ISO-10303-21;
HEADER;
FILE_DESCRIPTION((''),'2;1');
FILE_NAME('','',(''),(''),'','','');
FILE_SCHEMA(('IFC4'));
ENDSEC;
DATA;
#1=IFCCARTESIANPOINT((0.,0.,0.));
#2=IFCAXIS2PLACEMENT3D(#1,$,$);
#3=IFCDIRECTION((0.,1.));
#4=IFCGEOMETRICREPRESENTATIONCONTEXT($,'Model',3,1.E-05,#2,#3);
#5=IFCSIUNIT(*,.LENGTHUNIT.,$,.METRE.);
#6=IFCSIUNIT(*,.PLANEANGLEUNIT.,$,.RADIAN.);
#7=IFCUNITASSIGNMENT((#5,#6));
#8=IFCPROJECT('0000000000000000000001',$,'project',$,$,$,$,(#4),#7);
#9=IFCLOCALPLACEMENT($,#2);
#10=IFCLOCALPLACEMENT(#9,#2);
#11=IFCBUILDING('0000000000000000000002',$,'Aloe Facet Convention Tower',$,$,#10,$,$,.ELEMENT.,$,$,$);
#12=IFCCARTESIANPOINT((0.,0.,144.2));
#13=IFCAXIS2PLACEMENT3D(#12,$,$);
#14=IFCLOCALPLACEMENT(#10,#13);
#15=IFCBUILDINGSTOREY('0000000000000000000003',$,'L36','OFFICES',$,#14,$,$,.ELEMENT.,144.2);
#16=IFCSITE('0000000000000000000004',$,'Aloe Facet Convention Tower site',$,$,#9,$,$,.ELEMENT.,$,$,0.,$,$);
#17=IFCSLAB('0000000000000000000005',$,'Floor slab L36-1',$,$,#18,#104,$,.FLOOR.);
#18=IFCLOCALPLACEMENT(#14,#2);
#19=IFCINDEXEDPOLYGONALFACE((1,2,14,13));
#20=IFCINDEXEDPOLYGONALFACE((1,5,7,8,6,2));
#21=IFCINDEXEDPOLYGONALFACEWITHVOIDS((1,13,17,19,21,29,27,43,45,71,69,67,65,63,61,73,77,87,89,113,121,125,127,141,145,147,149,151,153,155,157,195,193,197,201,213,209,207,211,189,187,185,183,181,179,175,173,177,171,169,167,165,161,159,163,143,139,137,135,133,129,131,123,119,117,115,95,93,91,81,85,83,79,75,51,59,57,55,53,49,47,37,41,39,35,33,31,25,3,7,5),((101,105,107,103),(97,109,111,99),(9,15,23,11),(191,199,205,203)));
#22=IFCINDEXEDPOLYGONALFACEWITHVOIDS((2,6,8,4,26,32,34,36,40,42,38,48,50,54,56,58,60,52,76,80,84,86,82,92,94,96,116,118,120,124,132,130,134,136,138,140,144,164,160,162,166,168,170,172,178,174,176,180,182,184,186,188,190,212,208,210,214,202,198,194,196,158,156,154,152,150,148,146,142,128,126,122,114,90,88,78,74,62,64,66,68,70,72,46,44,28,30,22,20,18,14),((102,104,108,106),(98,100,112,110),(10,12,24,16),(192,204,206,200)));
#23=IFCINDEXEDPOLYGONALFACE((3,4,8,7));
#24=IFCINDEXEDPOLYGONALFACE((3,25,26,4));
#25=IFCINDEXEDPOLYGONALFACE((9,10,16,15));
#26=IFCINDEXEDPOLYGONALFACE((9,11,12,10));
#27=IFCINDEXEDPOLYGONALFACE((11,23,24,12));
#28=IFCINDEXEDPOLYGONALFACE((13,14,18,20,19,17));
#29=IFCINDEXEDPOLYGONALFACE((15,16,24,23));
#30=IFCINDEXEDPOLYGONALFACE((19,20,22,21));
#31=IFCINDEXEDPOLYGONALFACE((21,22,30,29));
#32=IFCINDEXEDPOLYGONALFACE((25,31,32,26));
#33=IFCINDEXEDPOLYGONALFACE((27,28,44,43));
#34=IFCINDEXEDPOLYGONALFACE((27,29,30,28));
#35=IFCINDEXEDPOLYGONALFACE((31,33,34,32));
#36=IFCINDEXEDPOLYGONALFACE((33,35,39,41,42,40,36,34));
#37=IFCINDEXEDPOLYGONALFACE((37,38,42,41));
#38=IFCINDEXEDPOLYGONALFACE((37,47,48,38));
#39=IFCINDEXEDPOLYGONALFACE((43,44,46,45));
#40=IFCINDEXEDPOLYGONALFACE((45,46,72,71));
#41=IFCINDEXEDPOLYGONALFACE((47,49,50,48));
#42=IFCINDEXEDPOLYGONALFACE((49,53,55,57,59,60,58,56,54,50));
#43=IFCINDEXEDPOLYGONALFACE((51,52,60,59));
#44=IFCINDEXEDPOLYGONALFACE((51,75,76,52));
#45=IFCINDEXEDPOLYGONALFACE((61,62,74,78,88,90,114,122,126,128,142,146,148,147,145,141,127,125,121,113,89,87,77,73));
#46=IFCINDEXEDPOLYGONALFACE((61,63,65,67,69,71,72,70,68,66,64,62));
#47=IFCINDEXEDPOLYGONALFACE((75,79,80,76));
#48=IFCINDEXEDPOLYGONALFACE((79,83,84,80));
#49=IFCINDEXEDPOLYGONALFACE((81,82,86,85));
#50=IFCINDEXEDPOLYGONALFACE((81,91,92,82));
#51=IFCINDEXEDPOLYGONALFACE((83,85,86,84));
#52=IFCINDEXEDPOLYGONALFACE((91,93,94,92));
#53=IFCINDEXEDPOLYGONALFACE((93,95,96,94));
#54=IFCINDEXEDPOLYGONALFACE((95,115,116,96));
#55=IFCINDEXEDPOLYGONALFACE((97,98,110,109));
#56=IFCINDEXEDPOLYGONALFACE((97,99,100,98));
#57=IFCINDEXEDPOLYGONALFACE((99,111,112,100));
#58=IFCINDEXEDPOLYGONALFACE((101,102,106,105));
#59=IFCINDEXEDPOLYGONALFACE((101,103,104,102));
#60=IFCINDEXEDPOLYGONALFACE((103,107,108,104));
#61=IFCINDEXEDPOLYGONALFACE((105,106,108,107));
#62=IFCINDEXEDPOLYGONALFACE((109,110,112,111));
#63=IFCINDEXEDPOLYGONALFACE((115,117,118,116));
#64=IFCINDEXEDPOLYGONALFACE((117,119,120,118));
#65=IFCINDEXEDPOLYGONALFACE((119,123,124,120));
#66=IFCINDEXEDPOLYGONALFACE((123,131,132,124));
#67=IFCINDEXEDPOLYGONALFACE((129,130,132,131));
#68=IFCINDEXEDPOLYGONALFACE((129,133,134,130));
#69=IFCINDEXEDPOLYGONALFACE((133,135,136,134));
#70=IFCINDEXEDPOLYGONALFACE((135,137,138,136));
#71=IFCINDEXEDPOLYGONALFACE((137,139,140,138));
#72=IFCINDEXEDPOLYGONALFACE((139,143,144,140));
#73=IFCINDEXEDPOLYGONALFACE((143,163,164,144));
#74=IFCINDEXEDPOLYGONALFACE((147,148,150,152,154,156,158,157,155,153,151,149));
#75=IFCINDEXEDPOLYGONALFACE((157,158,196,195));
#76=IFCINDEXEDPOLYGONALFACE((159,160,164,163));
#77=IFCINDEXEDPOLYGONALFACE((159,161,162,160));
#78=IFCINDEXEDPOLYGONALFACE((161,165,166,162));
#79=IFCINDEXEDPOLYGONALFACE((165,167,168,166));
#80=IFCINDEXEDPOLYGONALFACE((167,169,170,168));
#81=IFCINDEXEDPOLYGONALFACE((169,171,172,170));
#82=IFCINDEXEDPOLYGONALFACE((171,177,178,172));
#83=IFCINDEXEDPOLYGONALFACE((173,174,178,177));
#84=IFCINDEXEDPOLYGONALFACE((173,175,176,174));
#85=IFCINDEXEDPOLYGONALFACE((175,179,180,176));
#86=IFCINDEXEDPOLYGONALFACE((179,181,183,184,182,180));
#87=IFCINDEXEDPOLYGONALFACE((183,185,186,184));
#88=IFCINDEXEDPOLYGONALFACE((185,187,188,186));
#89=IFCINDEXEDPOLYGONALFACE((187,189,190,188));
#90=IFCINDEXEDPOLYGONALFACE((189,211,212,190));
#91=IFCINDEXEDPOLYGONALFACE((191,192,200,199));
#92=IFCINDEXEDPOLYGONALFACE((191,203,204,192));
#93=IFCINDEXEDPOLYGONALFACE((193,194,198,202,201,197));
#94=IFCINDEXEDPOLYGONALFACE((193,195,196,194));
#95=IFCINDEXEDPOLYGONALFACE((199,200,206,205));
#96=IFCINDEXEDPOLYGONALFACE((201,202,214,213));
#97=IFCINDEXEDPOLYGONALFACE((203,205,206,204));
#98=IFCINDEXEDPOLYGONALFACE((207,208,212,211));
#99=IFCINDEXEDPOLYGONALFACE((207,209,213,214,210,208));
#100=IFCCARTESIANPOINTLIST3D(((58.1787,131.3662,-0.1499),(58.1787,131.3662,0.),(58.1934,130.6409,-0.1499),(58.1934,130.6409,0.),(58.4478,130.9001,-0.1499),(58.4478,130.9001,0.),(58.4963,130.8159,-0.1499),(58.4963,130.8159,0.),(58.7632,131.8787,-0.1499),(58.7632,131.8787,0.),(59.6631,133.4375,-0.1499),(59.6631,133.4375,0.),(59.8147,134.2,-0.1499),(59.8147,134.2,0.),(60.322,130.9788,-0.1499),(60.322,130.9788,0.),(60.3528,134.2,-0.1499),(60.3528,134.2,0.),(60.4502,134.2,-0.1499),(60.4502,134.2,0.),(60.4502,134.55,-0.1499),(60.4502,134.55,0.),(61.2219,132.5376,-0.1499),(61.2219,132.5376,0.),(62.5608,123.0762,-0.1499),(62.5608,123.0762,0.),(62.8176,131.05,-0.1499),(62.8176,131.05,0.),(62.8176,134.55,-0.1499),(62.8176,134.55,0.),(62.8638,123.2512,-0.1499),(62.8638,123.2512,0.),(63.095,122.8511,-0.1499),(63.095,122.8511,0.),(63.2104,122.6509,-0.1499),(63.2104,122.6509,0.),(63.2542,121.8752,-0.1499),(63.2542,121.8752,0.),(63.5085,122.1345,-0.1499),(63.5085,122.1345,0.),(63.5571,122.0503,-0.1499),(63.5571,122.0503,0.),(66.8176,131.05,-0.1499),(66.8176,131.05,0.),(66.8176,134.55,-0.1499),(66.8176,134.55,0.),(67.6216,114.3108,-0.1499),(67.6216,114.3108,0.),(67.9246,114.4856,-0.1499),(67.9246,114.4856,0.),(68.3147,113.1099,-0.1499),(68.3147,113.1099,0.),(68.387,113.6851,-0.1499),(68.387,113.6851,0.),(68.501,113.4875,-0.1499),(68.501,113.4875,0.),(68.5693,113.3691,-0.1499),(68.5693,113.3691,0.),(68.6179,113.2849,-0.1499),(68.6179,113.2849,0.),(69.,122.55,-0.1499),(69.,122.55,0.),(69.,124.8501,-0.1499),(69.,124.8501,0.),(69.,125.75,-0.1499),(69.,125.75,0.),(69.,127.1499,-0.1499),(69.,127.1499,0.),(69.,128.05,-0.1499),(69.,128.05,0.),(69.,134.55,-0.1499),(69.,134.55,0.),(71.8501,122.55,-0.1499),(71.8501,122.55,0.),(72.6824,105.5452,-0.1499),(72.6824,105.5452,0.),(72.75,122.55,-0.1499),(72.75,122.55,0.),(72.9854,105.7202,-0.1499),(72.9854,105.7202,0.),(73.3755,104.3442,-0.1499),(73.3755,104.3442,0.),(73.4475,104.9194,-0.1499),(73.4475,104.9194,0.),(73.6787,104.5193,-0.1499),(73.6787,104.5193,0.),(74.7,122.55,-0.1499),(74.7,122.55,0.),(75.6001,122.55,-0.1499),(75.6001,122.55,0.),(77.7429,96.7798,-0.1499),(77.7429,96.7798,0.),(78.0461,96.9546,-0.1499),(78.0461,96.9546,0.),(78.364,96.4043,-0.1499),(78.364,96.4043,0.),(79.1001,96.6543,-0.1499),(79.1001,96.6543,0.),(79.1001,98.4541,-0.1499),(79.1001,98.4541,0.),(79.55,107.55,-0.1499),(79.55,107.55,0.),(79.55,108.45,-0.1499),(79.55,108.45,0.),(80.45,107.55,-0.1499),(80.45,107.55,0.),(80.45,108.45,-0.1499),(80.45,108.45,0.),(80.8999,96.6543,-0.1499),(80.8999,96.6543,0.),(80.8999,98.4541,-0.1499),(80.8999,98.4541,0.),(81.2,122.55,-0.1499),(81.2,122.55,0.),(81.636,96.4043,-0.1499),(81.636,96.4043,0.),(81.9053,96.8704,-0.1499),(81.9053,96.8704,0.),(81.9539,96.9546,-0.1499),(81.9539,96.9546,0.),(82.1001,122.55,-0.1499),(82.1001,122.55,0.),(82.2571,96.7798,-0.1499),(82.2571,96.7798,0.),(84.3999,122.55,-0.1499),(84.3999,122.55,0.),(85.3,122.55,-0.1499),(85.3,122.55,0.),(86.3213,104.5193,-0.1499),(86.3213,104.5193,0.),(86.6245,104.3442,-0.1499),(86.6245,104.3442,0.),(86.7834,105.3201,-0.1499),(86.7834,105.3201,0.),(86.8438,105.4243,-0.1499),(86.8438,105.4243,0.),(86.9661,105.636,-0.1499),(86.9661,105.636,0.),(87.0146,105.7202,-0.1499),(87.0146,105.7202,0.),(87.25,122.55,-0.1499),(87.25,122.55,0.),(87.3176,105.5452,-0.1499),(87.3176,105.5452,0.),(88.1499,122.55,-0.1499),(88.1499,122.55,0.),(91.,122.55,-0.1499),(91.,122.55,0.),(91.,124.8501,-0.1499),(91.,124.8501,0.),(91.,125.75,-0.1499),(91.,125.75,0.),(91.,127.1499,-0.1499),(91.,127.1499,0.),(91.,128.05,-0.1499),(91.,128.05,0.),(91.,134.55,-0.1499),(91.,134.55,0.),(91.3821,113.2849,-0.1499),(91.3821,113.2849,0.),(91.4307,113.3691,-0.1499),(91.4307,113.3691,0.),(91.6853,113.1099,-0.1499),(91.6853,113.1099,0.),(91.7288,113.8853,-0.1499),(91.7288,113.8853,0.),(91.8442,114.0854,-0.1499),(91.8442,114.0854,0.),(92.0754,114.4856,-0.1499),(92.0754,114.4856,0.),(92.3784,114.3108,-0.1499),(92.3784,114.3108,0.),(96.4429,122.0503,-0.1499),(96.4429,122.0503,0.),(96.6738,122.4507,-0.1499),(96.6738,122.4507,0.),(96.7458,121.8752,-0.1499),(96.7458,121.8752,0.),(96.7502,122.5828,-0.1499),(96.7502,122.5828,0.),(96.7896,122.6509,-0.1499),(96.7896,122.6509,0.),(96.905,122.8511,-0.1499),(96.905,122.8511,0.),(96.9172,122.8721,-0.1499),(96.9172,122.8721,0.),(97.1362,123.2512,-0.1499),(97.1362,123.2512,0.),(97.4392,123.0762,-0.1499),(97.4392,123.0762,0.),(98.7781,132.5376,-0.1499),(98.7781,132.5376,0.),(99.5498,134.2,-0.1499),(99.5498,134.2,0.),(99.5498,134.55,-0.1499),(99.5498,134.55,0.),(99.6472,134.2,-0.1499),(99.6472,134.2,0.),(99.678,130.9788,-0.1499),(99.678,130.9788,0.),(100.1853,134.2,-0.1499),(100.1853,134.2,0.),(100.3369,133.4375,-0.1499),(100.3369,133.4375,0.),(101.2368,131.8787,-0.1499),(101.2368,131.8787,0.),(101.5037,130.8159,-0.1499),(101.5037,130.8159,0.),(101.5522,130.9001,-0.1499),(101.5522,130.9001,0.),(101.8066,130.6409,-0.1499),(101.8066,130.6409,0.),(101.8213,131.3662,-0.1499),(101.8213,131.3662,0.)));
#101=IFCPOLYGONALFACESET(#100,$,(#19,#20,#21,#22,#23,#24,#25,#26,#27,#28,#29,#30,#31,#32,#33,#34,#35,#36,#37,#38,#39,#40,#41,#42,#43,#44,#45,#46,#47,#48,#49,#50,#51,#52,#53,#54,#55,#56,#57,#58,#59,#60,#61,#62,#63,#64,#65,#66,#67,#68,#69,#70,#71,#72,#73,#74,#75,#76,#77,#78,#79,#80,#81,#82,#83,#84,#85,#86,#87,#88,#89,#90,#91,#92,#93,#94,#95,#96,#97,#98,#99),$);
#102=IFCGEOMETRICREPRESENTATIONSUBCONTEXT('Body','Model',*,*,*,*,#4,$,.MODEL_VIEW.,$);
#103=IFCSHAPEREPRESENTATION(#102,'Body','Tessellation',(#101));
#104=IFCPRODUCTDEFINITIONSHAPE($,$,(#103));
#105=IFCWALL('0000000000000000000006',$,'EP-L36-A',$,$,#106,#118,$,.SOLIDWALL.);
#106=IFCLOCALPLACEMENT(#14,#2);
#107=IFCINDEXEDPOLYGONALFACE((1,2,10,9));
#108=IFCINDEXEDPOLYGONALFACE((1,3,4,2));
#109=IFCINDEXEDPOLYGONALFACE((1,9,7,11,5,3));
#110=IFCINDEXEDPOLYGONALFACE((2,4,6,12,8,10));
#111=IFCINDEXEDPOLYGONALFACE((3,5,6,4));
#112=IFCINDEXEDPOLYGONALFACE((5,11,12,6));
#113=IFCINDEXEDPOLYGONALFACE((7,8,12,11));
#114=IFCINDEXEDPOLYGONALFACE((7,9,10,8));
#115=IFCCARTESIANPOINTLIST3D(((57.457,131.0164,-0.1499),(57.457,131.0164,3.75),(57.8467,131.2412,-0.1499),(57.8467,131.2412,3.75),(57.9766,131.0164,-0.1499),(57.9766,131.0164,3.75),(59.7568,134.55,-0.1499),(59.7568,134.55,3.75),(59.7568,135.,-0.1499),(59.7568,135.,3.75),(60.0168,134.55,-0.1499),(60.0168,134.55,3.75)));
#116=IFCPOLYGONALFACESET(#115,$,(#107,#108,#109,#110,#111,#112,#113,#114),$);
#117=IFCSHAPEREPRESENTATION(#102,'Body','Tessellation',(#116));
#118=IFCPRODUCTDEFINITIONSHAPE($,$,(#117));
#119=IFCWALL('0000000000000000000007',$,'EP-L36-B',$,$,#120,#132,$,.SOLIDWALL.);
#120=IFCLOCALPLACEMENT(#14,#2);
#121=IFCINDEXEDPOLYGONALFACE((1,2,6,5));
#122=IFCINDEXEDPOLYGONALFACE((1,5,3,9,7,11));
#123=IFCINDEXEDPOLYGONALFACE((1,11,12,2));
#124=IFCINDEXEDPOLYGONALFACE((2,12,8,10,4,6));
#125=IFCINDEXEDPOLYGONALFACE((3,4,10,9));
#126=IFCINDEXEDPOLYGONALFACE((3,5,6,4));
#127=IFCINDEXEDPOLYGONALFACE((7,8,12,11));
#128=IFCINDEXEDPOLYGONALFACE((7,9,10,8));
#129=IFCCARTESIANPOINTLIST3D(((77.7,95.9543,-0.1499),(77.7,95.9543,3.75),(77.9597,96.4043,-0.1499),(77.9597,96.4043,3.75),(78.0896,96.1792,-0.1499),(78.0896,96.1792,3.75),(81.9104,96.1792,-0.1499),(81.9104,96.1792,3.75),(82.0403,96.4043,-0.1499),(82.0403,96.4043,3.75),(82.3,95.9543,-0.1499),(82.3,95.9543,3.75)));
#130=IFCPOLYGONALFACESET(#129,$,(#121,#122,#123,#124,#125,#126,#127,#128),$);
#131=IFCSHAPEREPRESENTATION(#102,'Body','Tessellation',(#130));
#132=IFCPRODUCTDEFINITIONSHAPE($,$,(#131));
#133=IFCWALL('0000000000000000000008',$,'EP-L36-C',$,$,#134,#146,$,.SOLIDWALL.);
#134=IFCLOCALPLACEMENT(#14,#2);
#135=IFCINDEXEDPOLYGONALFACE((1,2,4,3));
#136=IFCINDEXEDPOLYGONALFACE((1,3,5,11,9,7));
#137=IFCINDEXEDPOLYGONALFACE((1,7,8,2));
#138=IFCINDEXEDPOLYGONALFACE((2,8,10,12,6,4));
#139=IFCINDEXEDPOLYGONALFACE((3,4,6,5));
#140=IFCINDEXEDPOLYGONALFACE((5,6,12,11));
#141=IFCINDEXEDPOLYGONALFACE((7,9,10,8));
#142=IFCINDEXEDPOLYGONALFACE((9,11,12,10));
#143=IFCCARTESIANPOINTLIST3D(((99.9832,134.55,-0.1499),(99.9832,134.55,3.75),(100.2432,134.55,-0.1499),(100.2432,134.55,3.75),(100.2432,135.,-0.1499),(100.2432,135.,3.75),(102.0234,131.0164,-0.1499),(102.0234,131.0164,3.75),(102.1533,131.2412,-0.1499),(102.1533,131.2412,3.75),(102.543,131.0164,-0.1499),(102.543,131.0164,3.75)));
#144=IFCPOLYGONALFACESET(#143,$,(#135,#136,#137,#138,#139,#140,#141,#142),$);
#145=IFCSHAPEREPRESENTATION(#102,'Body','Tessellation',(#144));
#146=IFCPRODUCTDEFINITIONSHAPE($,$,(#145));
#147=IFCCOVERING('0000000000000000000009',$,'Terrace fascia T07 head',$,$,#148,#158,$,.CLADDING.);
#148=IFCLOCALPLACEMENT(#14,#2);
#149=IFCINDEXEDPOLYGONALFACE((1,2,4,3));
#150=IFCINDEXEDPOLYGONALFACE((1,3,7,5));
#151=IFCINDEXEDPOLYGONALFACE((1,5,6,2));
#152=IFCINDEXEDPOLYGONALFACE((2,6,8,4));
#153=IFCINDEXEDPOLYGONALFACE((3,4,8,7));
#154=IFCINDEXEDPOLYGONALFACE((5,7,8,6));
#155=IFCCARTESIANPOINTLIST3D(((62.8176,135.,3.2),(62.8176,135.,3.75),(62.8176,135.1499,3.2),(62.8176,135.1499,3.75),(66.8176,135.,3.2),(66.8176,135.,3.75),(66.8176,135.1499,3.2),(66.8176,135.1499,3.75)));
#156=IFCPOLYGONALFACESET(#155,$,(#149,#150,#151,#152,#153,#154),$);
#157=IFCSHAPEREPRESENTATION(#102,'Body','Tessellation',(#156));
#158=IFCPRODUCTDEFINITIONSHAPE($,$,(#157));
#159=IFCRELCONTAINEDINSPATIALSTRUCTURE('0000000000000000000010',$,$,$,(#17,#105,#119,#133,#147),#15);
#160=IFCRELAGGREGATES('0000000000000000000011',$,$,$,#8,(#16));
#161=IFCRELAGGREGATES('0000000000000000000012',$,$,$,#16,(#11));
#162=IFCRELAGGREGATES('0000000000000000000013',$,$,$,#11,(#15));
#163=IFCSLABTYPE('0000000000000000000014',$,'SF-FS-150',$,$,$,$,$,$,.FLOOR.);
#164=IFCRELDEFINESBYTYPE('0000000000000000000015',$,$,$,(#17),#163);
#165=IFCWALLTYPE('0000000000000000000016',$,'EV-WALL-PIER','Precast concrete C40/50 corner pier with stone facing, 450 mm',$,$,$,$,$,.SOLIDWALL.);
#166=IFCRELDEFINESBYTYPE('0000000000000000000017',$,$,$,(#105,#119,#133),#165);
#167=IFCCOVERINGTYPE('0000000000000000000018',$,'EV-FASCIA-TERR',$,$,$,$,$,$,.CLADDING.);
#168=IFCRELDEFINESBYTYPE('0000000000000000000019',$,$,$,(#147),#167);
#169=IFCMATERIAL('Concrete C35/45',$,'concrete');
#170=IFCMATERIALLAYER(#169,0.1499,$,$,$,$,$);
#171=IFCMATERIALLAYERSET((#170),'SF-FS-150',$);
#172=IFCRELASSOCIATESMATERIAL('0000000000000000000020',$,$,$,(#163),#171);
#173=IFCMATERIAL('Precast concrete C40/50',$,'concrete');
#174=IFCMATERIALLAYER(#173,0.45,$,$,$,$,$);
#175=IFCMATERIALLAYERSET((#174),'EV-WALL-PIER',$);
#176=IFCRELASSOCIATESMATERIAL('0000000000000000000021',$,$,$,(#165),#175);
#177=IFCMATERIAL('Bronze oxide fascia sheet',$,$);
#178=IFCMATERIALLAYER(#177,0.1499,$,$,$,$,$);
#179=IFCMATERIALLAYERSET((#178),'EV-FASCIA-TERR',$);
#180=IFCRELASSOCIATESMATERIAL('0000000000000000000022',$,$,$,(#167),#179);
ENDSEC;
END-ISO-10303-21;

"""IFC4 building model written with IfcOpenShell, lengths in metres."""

from ifc_helpers import new_model, si_unit, direction, frame, origin, place, context, subcontext, project, spatial, polyline, outline, extrude, material, layer, layer_set, type_object, element, save


model = new_model("IFC4")

# Units and contexts
model_context = context("Model", 3, precision=1e-05, world=origin(), true_north=direction((0.0, 1.0)))
body_context = subcontext(model_context, "Body", "Model", "MODEL_VIEW")
ifc_project = project(units=[si_unit("LENGTHUNIT", "METRE"), si_unit("PLANEANGLEUNIT", "RADIAN")], contexts=[model_context])

# Site, building, storey
site_placement = place(None, origin())
site = spatial("IfcSite", under=ifc_project, at=site_placement, Name="Aloe Facet Convention Tower site", CompositionType="ELEMENT", RefElevation=0.0)
building_placement = place(site_placement, origin())
building = spatial("IfcBuilding", under=site, at=building_placement, Name="Aloe Facet Convention Tower", CompositionType="ELEMENT")
storey_placement = place(building_placement, frame((0.0, 0.0, 144.2)))
storey = spatial("IfcBuildingStorey", under=building, at=storey_placement, Name="L36", Description="OFFICES", CompositionType="ELEMENT", Elevation=144.2)

# Slab
ifc_material_1 = material(Name="Concrete C35/45", Category="concrete")
ifc_layer_1 = layer(ifc_material_1, 0.1499)
ifc_layer_set_1 = layer_set([ifc_layer_1], Name="SF-FS-150")
slab_type_1 = type_object("IfcSlabType", Name="SF-FS-150", PredefinedType="FLOOR", material=ifc_layer_set_1)
slab_1_placement = place(storey_placement, frame((0.0, 0.0, -0.1499)))
element("IfcSlab", 1, at=slab_1_placement, inside=storey, type_object=slab_type_1, Name="Floor slab L36-1", PredefinedType="FLOOR", context=body_context, shape_type="SweptSolid", body=[
    extrude(outline(polyline([(101.8213, 131.3662), (101.5522, 130.9001), (101.5037, 130.8159), (101.8066, 130.6409), (97.4392, 123.0762), (97.1362, 123.2512), (96.9172, 122.8721), (96.905, 122.8511), (96.7896, 122.6509), (96.7502, 122.5828), (96.6738, 122.4507), (96.4429, 122.0503), (96.7458, 121.8752), (92.3784, 114.3108), (92.0754, 114.4856), (91.8442, 114.0854), (91.7288, 113.8853), (91.4307, 113.3691), (91.3821, 113.2849), (91.6853, 113.1099), (87.3176, 105.5452), (87.0146, 105.7202), (86.9661, 105.636), (86.8438, 105.4243), (86.7834, 105.3201), (86.3213, 104.5193), (86.6245, 104.3442), (82.2571, 96.7798), (81.9539, 96.9546), (81.9053, 96.8704), (81.636, 96.4043), (78.364, 96.4043), (78.0461, 96.9546), (77.7429, 96.7798), (73.3755, 104.3442), (73.6787, 104.5193), (73.4475, 104.9194), (72.9854, 105.7202), (72.6824, 105.5452), (68.3147, 113.1099), (68.6179, 113.2849), (68.5693, 113.3691), (68.501, 113.4875), (68.387, 113.6851), (67.9246, 114.4856), (67.6216, 114.3108), (63.2542, 121.8752), (63.5571, 122.0503), (63.5085, 122.1345), (63.2104, 122.6509), (63.095, 122.8511), (62.8638, 123.2512), (62.5608, 123.0762), (58.1934, 130.6409), (58.4963, 130.8159), (58.4478, 130.9001), (58.4478, 130.9001), (58.1787, 131.3662), (59.8147, 134.2), (60.3528, 134.2), (60.4502, 134.2), (60.4502, 134.55), (62.8176, 134.55), (62.8176, 131.05), (66.8176, 131.05), (66.8176, 134.55), (69.0, 134.55), (69.0, 128.05), (69.0, 127.1499), (69.0, 125.75), (69.0, 124.8501), (69.0, 122.55), (71.8501, 122.55), (72.75, 122.55), (74.7, 122.55), (75.6001, 122.55), (81.2, 122.55), (82.1001, 122.55), (84.3999, 122.55), (85.3, 122.55), (87.25, 122.55), (88.1499, 122.55), (91.0, 122.55), (91.0, 124.8501), (91.0, 125.75), (91.0, 127.1499), (91.0, 128.05), (91.0, 134.55), (99.5498, 134.55), (99.5498, 134.2), (99.6472, 134.2), (100.1853, 134.2), (101.8213, 131.3662)]), holes=[polyline([(61.2219, 132.5376), (59.6631, 133.4375), (58.7632, 131.8787), (60.322, 130.9788), (61.2219, 132.5376)]), polyline([(79.1001, 98.4541), (79.1001, 96.6543), (80.8999, 96.6543), (80.8999, 98.4541), (79.1001, 98.4541)]), polyline([(79.55, 107.55), (80.45, 107.55), (80.45, 108.45), (79.55, 108.45), (79.55, 107.55)]), polyline([(101.2368, 131.8787), (100.3369, 133.4375), (98.7781, 132.5376), (99.678, 130.9788), (101.2368, 131.8787)])]), origin(), (0.0, 0.0, 1.0), 0.1499),
])

# Walls
ifc_material_2 = material(Name="Precast concrete C40/50", Category="concrete")
ifc_layer_2 = layer(ifc_material_2, 0.45)
ifc_layer_set_2 = layer_set([ifc_layer_2], Name="EV-WALL-PIER")
wall_type = type_object("IfcWallType", Name="EV-WALL-PIER", Description="Precast concrete C40/50 corner pier with stone facing, 450 mm", PredefinedType="SOLIDWALL", material=ifc_layer_set_2)
wall_1_placement = place(storey_placement, frame((0.0, 0.0, -0.1499)))
element("IfcWall", 2, at=wall_1_placement, inside=storey, type_object=wall_type, Name="EP-L36-A", PredefinedType="SOLIDWALL", context=body_context, shape_type="SweptSolid", body=[
    extrude(outline(polyline([(59.7568, 135.0), (59.7568, 134.55), (60.0168, 134.55), (57.9766, 131.0164), (57.8467, 131.2412), (57.457, 131.0164), (59.7568, 135.0)])), origin(), (0.0, 0.0, 1.0), 3.8999),
])
wall_2_placement = place(storey_placement, frame((0.0, 0.0, -0.1499)))
element("IfcWall", 3, at=wall_2_placement, inside=storey, type_object=wall_type, Name="EP-L36-B", PredefinedType="SOLIDWALL", context=body_context, shape_type="SweptSolid", body=[
    extrude(outline(polyline([(77.7, 95.9543), (78.0896, 96.1792), (77.9597, 96.4043), (82.0403, 96.4043), (81.9104, 96.1792), (82.3, 95.9543), (77.7, 95.9543)])), origin(), (0.0, 0.0, 1.0), 3.8999),
])
wall_3_placement = place(storey_placement, frame((0.0, 0.0, -0.1499)))
element("IfcWall", 4, at=wall_3_placement, inside=storey, type_object=wall_type, Name="EP-L36-C", PredefinedType="SOLIDWALL", context=body_context, shape_type="SweptSolid", body=[
    extrude(outline(polyline([(102.543, 131.0164), (102.1533, 131.2412), (102.0234, 131.0164), (99.9832, 134.55), (100.2432, 134.55), (100.2432, 135.0), (102.543, 131.0164)])), origin(), (0.0, 0.0, 1.0), 3.8999),
])

# Covering
ifc_material_3 = material(Name="Bronze oxide fascia sheet")
ifc_layer_3 = layer(ifc_material_3, 0.1499)
ifc_layer_set_3 = layer_set([ifc_layer_3], Name="EV-FASCIA-TERR")
covering_type = type_object("IfcCoveringType", Name="EV-FASCIA-TERR", PredefinedType="CLADDING", material=ifc_layer_set_3)
covering_1_placement = place(storey_placement, frame((0.0, 0.0, 3.2)))
element("IfcCovering", 5, at=covering_1_placement, inside=storey, type_object=covering_type, Name="Terrace fascia T07 head", PredefinedType="CLADDING", context=body_context, shape_type="SweptSolid", body=[
    extrude(outline(polyline([(66.8176, 135.1499), (62.8176, 135.1499), (62.8176, 135.0), (66.8176, 135.0), (66.8176, 135.1499)])), origin(), (0.0, 0.0, 1.0), 0.55),
])

save(model, "model.ifc")
